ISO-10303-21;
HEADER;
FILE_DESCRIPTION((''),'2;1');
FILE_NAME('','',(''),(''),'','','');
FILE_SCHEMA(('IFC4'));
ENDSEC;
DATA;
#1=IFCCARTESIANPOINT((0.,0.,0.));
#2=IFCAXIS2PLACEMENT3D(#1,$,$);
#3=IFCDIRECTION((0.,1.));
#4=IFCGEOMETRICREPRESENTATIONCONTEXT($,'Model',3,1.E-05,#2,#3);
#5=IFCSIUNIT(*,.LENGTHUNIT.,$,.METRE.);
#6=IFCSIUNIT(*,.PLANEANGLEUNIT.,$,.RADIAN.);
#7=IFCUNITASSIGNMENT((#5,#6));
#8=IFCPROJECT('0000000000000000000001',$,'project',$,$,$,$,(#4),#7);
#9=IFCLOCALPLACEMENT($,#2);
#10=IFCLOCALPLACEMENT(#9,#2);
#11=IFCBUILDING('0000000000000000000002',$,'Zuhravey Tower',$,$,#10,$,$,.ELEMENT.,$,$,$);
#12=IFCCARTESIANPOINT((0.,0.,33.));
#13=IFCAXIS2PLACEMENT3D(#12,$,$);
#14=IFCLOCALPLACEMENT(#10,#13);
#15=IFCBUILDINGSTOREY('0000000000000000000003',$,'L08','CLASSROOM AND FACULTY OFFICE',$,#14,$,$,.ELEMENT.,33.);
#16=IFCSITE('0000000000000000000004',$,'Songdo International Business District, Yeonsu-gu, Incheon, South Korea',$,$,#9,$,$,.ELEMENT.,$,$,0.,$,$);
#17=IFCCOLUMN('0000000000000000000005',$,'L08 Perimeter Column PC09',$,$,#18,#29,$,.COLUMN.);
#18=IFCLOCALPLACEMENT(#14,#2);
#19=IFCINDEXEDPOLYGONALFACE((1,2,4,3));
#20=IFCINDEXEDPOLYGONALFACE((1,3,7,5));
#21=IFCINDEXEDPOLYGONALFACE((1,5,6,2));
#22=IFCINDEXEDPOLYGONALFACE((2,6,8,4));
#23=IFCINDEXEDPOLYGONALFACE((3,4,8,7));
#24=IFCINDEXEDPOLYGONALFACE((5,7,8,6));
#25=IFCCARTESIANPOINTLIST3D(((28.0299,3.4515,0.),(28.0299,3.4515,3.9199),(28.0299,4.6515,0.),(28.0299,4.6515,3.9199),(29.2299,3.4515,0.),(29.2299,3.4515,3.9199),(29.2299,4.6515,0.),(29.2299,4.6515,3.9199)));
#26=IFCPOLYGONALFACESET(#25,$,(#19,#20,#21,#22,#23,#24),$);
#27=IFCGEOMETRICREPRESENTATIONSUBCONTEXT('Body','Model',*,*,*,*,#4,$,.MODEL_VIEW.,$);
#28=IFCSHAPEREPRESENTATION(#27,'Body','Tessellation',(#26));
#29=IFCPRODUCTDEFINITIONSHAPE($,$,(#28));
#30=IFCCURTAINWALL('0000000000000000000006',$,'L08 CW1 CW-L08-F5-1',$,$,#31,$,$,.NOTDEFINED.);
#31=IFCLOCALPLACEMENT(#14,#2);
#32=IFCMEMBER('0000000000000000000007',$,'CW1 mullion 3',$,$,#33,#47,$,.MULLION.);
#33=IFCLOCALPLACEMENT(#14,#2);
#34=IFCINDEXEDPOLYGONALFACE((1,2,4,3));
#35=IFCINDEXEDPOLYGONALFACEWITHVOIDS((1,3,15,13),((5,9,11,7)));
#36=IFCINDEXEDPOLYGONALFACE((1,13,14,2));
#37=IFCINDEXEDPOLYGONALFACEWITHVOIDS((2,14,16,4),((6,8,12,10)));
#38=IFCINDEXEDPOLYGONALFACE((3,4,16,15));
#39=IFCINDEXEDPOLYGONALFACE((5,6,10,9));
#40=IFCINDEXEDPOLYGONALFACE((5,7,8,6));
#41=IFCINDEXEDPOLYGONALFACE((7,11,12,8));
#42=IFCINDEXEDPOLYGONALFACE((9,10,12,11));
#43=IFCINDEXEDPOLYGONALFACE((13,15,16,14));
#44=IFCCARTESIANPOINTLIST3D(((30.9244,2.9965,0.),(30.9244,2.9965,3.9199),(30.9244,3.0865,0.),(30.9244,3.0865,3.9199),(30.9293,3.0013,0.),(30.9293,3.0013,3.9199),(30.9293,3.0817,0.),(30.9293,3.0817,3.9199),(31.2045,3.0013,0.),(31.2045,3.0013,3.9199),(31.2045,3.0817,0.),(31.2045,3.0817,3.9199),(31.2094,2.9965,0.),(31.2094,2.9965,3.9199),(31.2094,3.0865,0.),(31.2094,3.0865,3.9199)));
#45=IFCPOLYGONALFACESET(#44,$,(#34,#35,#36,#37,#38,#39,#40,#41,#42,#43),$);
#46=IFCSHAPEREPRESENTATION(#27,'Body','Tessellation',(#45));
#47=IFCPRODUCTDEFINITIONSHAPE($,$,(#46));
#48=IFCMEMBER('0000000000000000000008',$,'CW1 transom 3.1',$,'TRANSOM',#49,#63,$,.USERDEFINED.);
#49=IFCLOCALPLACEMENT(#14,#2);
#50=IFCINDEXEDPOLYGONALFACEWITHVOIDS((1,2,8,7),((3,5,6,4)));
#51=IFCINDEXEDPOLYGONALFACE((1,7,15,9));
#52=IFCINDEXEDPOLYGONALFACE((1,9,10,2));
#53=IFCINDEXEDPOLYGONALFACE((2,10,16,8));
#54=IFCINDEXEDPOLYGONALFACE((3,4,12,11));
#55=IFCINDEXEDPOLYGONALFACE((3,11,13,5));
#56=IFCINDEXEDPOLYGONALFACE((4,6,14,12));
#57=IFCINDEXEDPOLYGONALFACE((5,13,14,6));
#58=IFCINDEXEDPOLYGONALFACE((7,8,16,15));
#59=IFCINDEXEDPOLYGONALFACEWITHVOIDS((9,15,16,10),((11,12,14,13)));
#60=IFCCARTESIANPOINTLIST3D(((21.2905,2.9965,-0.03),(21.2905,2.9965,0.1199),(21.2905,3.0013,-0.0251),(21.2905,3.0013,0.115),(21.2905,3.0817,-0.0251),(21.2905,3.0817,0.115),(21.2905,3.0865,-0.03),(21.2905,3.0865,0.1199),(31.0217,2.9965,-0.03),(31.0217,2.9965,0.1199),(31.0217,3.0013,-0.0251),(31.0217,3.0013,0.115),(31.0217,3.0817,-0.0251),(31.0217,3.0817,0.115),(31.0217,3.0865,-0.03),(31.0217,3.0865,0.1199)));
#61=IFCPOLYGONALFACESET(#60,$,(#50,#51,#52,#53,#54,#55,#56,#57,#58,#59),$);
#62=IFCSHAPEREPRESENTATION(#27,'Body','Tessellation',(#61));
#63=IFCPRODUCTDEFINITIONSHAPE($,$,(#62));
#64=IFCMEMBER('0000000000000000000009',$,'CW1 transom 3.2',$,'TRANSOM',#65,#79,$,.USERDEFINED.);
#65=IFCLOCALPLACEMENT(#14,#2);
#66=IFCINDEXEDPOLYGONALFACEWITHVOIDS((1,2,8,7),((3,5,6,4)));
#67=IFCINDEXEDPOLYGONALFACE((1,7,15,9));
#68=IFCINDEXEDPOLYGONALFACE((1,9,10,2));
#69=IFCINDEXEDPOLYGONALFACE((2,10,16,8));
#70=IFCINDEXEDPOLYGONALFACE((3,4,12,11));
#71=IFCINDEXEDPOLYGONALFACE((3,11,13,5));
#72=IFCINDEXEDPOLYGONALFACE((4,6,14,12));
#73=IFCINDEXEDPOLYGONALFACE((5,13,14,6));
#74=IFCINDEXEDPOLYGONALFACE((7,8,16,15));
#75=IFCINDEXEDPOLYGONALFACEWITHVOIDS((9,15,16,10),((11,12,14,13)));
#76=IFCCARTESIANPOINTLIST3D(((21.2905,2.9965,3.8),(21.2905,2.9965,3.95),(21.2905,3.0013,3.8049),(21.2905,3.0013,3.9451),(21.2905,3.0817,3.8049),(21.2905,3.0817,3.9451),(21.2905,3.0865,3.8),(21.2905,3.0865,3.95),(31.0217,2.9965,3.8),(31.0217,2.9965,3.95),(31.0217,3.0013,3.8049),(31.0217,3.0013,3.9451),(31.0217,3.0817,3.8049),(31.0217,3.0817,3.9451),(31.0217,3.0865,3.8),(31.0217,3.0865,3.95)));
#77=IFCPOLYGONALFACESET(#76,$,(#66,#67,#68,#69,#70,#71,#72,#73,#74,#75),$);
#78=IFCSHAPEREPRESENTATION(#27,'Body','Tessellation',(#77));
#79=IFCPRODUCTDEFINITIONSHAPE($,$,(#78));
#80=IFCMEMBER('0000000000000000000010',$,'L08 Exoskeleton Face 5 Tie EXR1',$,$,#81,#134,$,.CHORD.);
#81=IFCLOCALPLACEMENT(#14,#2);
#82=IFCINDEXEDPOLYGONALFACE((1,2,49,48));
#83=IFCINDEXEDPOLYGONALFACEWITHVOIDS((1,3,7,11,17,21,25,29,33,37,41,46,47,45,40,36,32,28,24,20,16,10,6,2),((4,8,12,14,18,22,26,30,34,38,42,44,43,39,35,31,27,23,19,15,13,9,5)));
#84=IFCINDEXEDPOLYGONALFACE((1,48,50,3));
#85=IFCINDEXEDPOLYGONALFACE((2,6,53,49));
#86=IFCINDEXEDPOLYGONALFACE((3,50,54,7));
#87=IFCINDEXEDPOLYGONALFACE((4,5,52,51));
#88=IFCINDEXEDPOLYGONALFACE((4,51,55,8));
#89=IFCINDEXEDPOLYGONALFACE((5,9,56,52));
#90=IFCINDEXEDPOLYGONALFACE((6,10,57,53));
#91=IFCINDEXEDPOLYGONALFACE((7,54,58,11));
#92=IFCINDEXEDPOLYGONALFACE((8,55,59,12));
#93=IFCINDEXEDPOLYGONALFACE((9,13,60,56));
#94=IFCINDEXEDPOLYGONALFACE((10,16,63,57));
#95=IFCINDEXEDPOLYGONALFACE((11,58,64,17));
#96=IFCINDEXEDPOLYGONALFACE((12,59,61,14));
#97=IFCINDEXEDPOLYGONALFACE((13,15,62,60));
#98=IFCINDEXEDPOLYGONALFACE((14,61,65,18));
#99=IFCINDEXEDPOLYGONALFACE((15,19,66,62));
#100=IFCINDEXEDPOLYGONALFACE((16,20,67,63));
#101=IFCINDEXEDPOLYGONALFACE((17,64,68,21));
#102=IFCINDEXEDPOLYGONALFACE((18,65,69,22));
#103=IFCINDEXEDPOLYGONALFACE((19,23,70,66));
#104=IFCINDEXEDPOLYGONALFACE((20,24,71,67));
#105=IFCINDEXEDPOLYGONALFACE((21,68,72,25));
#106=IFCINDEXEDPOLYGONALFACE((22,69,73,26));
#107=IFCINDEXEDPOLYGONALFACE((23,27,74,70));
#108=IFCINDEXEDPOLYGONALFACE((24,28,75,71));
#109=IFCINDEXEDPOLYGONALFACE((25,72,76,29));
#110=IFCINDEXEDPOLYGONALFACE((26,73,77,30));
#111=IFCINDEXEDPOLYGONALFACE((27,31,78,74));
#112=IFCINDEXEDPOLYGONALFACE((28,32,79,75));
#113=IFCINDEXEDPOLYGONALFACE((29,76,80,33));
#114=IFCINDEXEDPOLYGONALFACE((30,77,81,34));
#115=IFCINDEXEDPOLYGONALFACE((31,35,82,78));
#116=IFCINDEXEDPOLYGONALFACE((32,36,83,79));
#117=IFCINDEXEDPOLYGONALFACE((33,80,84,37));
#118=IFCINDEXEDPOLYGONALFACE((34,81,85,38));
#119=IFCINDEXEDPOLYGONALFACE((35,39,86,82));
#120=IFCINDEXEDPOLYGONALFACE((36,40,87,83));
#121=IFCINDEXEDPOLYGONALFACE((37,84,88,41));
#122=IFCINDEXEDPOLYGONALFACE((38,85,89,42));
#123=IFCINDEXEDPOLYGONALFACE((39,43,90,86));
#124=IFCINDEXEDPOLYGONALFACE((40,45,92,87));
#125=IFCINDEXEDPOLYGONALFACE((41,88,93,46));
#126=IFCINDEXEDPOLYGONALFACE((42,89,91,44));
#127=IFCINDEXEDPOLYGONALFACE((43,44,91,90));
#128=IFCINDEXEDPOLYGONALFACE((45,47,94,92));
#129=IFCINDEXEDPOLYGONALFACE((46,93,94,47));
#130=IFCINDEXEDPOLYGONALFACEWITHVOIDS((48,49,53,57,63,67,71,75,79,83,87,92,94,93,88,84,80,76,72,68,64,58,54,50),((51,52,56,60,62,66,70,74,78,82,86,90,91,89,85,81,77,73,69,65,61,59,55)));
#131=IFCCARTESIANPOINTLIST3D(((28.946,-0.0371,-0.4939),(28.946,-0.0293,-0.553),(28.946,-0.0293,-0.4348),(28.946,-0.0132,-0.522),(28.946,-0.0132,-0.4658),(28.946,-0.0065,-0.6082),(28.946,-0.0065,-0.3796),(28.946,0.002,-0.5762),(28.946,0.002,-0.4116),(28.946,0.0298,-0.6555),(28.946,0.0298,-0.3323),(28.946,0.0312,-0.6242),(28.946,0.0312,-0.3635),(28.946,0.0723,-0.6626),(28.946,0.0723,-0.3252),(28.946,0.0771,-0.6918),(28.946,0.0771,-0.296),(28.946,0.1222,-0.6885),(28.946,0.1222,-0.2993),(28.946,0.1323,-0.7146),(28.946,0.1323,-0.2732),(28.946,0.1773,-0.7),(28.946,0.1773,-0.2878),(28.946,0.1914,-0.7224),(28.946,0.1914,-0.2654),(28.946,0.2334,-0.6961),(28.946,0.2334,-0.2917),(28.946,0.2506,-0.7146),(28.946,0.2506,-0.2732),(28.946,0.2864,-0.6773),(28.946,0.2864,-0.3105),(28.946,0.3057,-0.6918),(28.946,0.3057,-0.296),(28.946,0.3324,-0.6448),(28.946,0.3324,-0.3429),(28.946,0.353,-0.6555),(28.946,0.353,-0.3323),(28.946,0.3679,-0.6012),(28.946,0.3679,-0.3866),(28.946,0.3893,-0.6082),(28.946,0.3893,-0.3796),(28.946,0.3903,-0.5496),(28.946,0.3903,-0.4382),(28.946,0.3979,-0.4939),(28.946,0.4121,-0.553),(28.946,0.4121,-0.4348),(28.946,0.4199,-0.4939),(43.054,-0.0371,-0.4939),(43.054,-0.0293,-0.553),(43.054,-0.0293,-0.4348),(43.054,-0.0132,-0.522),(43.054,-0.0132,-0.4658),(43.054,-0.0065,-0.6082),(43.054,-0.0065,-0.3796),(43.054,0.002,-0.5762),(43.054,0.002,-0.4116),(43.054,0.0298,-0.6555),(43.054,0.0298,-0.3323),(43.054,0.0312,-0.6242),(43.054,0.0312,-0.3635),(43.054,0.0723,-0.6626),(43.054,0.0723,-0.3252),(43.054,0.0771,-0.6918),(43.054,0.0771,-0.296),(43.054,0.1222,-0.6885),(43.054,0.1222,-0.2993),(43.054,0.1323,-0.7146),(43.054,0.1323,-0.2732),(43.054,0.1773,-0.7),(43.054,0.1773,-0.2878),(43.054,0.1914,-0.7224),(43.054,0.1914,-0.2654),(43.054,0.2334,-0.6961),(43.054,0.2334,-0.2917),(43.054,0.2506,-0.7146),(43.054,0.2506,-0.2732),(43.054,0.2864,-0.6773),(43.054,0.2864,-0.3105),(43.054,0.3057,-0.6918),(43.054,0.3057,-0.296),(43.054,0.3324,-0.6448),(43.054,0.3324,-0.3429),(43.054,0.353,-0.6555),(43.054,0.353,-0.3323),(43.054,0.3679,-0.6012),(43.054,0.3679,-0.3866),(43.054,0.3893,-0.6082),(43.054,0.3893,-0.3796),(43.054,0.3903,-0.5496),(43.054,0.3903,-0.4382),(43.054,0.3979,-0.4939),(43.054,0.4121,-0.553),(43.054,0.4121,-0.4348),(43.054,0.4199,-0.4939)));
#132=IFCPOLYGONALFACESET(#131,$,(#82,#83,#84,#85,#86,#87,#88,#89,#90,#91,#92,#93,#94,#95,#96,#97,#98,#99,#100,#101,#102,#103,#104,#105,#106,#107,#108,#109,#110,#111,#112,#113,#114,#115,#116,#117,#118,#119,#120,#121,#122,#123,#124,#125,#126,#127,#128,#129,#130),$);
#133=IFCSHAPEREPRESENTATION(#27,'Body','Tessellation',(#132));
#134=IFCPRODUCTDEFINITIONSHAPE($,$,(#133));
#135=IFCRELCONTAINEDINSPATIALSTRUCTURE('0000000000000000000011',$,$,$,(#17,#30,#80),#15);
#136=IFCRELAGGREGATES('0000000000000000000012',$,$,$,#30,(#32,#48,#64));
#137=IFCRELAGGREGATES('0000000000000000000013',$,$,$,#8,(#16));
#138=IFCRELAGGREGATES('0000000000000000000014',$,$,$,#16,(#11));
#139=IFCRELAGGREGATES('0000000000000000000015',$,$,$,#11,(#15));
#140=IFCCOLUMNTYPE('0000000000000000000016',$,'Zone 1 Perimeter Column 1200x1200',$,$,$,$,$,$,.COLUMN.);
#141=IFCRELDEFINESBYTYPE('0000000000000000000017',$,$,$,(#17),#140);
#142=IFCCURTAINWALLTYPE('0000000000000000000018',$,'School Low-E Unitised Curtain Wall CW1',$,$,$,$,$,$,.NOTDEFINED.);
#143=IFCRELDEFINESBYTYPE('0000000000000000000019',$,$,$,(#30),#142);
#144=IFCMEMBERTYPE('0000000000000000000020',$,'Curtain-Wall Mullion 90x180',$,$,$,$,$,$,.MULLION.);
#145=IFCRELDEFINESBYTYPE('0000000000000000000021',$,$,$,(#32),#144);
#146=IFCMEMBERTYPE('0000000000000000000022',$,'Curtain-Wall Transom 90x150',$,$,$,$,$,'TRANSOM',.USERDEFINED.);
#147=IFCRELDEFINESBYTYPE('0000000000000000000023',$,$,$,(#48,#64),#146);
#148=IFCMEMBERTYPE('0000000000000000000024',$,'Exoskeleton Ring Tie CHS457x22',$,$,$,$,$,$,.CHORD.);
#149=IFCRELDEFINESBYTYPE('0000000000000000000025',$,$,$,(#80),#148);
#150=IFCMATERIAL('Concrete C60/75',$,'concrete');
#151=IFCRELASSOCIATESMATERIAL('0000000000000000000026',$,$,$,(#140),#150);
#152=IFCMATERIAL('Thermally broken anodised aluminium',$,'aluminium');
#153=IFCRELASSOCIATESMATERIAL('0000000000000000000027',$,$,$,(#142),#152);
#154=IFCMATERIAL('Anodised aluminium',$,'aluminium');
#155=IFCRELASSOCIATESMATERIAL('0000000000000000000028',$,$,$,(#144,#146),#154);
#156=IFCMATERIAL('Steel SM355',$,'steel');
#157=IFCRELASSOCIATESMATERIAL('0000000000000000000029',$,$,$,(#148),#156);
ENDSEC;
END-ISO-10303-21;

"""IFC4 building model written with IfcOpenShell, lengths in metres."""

from ifc_helpers import new_model, si_unit, direction, frame, origin, origin_2d, place, context, subcontext, project, spatial, rectangle, hollow_rectangle, hollow_circle, extrude, material, material_profile, profile_set, type_object, element, aggregate, save


model = new_model("IFC4")

# Units and contexts
model_context = context("Model", 3, precision=1e-05, world=origin(), true_north=direction((0.0, 1.0)))
body_context = subcontext(model_context, "Body", "Model", "MODEL_VIEW")
ifc_project = project(units=[si_unit("LENGTHUNIT", "METRE"), si_unit("PLANEANGLEUNIT", "RADIAN")], contexts=[model_context])

# Site, building, storey
site_placement = place(None, origin())
site = spatial("IfcSite", under=ifc_project, at=site_placement, Name="Songdo International Business District, Yeonsu-gu, Incheon, South Korea", CompositionType="ELEMENT", RefElevation=0.0)
building_placement = place(site_placement, origin())
building = spatial("IfcBuilding", under=site, at=building_placement, Name="Zuhravey Tower", CompositionType="ELEMENT")
storey_placement = place(building_placement, frame((0.0, 0.0, 33.0)))
storey = spatial("IfcBuildingStorey", under=building, at=storey_placement, Name="L08", Description="CLASSROOM AND FACULTY OFFICE", CompositionType="ELEMENT", Elevation=33.0)

# Column
ifc_material_1 = material(Name="Concrete C60/75", Category="concrete")
ifc_material_profile_1 = material_profile(ifc_material_1, rectangle(XDim=1.2, YDim=1.2, at=origin_2d()), Name="RC-1200x1200")
ifc_profile_set_1 = profile_set([ifc_material_profile_1], Name="Concrete C60/75")
column_type = type_object("IfcColumnType", Name="Zone 1 Perimeter Column 1200x1200", PredefinedType="COLUMN", material=ifc_profile_set_1)
column_placement = place(storey_placement, frame((28.6299, 4.0515, 0.0), z_axis=(0.0, 0.0, 1.0), x_axis=(1.0, 0.0, 0.0)))
element("IfcColumn", 1, at=column_placement, inside=storey, type_object=column_type, Name="L08 Perimeter Column PC09", PredefinedType="COLUMN", context=body_context, shape_type="SweptSolid", body=[
    extrude(rectangle(XDim=1.2, YDim=1.2, at=origin_2d()), origin(), (0.0, 0.0, 1.0), 3.9199),
])

# Curtain wall, members
ifc_material_2 = material(Name="Thermally broken anodised aluminium", Category="aluminium")
curtain_wall_type = type_object("IfcCurtainWallType", Name="School Low-E Unitised Curtain Wall CW1", PredefinedType="NOTDEFINED", material=ifc_material_2)
curtain_wall_placement = place(storey_placement, origin())
curtain_wall = element("IfcCurtainWall", 2, at=curtain_wall_placement, inside=storey, type_object=curtain_wall_type, Name="L08 CW1 CW-L08-F5-1", PredefinedType="NOTDEFINED")
ifc_material_3 = material(Name="Anodised aluminium", Category="aluminium")
ifc_material_profile_2 = material_profile(ifc_material_3, hollow_rectangle(XDim=0.0901, YDim=0.2849, WallThickness=0.0049, at=origin_2d()), Name="ALU-RHS-90x285x5")
ifc_profile_set_2 = profile_set([ifc_material_profile_2], Name="Anodised aluminium")
member_type_1 = type_object("IfcMemberType", Name="Curtain-Wall Mullion 90x180", PredefinedType="MULLION", material=ifc_profile_set_2)
member_1_placement = place(storey_placement, frame((31.0669, 3.0415, 0.0), z_axis=(0.0, 0.0, 1.0), x_axis=(0.0, -1.0, 0.0)))
member_1 = element("IfcMember", 3, at=member_1_placement, type_object=member_type_1, Name="CW1 mullion 3", PredefinedType="MULLION", context=body_context, shape_type="SweptSolid", body=[
    extrude(hollow_rectangle(XDim=0.0901, YDim=0.2849, WallThickness=0.0049, at=origin_2d()), origin(), (0.0, 0.0, 1.0), 3.9199),
])
ifc_material_profile_3 = material_profile(ifc_material_3, hollow_rectangle(XDim=0.0901, YDim=0.1499, WallThickness=0.0049, at=origin_2d()), Name="ALU-RHS-90x150x5")
ifc_profile_set_3 = profile_set([ifc_material_profile_3], Name="Anodised aluminium")
member_type_2 = type_object("IfcMemberType", Name="Curtain-Wall Transom 90x150", ElementType="TRANSOM", PredefinedType="USERDEFINED", material=ifc_profile_set_3)
member_2_placement = place(storey_placement, frame((31.0217, 3.0415, 0.0449), z_axis=(-1.0, 0.0, 0.0), x_axis=(0.0, -1.0, 0.0)))
member_2 = element("IfcMember", 4, at=member_2_placement, type_object=member_type_2, Name="CW1 transom 3.1", ObjectType="TRANSOM", PredefinedType="USERDEFINED", context=body_context, shape_type="SweptSolid", body=[
    extrude(hollow_rectangle(XDim=0.0901, YDim=0.1499, WallThickness=0.0049, at=origin_2d()), origin(), (0.0, 0.0, 1.0), 9.7312),
])
member_3_placement = place(storey_placement, frame((31.0217, 3.0415, 3.875), z_axis=(-1.0, 0.0, 0.0), x_axis=(0.0, -1.0, 0.0)))
member_3 = element("IfcMember", 5, at=member_3_placement, type_object=member_type_2, Name="CW1 transom 3.2", ObjectType="TRANSOM", PredefinedType="USERDEFINED", context=body_context, shape_type="SweptSolid", body=[
    extrude(hollow_rectangle(XDim=0.0901, YDim=0.1499, WallThickness=0.0049, at=origin_2d()), origin(), (0.0, 0.0, 1.0), 9.7312),
])

# Member
ifc_material_4 = material(Name="Steel SM355", Category="steel")
ifc_material_profile_4 = material_profile(ifc_material_4, hollow_circle(Radius=0.2285, WallThickness=0.022, at=origin_2d()), Name="CHS-457.2x22")
ifc_profile_set_4 = profile_set([ifc_material_profile_4], Name="Steel SM355")
member_type_3 = type_object("IfcMemberType", Name="Exoskeleton Ring Tie CHS457x22", PredefinedType="CHORD", material=ifc_profile_set_4)
member_4_placement = place(storey_placement, frame((28.946, 0.1914, -0.4939), z_axis=(1.0, 0.0, 0.0), x_axis=(0.0, 1.0, 0.0)))
element("IfcMember", 6, at=member_4_placement, inside=storey, type_object=member_type_3, Name="L08 Exoskeleton Face 5 Tie EXR1", PredefinedType="CHORD", context=body_context, shape_type="SweptSolid", body=[
    extrude(hollow_circle(Radius=0.2285, WallThickness=0.022, at=origin_2d()), origin(), (0.0, 0.0, 1.0), 14.1079),
])

aggregate(curtain_wall, [member_1, member_2, member_3])

save(model, "model.ifc")
